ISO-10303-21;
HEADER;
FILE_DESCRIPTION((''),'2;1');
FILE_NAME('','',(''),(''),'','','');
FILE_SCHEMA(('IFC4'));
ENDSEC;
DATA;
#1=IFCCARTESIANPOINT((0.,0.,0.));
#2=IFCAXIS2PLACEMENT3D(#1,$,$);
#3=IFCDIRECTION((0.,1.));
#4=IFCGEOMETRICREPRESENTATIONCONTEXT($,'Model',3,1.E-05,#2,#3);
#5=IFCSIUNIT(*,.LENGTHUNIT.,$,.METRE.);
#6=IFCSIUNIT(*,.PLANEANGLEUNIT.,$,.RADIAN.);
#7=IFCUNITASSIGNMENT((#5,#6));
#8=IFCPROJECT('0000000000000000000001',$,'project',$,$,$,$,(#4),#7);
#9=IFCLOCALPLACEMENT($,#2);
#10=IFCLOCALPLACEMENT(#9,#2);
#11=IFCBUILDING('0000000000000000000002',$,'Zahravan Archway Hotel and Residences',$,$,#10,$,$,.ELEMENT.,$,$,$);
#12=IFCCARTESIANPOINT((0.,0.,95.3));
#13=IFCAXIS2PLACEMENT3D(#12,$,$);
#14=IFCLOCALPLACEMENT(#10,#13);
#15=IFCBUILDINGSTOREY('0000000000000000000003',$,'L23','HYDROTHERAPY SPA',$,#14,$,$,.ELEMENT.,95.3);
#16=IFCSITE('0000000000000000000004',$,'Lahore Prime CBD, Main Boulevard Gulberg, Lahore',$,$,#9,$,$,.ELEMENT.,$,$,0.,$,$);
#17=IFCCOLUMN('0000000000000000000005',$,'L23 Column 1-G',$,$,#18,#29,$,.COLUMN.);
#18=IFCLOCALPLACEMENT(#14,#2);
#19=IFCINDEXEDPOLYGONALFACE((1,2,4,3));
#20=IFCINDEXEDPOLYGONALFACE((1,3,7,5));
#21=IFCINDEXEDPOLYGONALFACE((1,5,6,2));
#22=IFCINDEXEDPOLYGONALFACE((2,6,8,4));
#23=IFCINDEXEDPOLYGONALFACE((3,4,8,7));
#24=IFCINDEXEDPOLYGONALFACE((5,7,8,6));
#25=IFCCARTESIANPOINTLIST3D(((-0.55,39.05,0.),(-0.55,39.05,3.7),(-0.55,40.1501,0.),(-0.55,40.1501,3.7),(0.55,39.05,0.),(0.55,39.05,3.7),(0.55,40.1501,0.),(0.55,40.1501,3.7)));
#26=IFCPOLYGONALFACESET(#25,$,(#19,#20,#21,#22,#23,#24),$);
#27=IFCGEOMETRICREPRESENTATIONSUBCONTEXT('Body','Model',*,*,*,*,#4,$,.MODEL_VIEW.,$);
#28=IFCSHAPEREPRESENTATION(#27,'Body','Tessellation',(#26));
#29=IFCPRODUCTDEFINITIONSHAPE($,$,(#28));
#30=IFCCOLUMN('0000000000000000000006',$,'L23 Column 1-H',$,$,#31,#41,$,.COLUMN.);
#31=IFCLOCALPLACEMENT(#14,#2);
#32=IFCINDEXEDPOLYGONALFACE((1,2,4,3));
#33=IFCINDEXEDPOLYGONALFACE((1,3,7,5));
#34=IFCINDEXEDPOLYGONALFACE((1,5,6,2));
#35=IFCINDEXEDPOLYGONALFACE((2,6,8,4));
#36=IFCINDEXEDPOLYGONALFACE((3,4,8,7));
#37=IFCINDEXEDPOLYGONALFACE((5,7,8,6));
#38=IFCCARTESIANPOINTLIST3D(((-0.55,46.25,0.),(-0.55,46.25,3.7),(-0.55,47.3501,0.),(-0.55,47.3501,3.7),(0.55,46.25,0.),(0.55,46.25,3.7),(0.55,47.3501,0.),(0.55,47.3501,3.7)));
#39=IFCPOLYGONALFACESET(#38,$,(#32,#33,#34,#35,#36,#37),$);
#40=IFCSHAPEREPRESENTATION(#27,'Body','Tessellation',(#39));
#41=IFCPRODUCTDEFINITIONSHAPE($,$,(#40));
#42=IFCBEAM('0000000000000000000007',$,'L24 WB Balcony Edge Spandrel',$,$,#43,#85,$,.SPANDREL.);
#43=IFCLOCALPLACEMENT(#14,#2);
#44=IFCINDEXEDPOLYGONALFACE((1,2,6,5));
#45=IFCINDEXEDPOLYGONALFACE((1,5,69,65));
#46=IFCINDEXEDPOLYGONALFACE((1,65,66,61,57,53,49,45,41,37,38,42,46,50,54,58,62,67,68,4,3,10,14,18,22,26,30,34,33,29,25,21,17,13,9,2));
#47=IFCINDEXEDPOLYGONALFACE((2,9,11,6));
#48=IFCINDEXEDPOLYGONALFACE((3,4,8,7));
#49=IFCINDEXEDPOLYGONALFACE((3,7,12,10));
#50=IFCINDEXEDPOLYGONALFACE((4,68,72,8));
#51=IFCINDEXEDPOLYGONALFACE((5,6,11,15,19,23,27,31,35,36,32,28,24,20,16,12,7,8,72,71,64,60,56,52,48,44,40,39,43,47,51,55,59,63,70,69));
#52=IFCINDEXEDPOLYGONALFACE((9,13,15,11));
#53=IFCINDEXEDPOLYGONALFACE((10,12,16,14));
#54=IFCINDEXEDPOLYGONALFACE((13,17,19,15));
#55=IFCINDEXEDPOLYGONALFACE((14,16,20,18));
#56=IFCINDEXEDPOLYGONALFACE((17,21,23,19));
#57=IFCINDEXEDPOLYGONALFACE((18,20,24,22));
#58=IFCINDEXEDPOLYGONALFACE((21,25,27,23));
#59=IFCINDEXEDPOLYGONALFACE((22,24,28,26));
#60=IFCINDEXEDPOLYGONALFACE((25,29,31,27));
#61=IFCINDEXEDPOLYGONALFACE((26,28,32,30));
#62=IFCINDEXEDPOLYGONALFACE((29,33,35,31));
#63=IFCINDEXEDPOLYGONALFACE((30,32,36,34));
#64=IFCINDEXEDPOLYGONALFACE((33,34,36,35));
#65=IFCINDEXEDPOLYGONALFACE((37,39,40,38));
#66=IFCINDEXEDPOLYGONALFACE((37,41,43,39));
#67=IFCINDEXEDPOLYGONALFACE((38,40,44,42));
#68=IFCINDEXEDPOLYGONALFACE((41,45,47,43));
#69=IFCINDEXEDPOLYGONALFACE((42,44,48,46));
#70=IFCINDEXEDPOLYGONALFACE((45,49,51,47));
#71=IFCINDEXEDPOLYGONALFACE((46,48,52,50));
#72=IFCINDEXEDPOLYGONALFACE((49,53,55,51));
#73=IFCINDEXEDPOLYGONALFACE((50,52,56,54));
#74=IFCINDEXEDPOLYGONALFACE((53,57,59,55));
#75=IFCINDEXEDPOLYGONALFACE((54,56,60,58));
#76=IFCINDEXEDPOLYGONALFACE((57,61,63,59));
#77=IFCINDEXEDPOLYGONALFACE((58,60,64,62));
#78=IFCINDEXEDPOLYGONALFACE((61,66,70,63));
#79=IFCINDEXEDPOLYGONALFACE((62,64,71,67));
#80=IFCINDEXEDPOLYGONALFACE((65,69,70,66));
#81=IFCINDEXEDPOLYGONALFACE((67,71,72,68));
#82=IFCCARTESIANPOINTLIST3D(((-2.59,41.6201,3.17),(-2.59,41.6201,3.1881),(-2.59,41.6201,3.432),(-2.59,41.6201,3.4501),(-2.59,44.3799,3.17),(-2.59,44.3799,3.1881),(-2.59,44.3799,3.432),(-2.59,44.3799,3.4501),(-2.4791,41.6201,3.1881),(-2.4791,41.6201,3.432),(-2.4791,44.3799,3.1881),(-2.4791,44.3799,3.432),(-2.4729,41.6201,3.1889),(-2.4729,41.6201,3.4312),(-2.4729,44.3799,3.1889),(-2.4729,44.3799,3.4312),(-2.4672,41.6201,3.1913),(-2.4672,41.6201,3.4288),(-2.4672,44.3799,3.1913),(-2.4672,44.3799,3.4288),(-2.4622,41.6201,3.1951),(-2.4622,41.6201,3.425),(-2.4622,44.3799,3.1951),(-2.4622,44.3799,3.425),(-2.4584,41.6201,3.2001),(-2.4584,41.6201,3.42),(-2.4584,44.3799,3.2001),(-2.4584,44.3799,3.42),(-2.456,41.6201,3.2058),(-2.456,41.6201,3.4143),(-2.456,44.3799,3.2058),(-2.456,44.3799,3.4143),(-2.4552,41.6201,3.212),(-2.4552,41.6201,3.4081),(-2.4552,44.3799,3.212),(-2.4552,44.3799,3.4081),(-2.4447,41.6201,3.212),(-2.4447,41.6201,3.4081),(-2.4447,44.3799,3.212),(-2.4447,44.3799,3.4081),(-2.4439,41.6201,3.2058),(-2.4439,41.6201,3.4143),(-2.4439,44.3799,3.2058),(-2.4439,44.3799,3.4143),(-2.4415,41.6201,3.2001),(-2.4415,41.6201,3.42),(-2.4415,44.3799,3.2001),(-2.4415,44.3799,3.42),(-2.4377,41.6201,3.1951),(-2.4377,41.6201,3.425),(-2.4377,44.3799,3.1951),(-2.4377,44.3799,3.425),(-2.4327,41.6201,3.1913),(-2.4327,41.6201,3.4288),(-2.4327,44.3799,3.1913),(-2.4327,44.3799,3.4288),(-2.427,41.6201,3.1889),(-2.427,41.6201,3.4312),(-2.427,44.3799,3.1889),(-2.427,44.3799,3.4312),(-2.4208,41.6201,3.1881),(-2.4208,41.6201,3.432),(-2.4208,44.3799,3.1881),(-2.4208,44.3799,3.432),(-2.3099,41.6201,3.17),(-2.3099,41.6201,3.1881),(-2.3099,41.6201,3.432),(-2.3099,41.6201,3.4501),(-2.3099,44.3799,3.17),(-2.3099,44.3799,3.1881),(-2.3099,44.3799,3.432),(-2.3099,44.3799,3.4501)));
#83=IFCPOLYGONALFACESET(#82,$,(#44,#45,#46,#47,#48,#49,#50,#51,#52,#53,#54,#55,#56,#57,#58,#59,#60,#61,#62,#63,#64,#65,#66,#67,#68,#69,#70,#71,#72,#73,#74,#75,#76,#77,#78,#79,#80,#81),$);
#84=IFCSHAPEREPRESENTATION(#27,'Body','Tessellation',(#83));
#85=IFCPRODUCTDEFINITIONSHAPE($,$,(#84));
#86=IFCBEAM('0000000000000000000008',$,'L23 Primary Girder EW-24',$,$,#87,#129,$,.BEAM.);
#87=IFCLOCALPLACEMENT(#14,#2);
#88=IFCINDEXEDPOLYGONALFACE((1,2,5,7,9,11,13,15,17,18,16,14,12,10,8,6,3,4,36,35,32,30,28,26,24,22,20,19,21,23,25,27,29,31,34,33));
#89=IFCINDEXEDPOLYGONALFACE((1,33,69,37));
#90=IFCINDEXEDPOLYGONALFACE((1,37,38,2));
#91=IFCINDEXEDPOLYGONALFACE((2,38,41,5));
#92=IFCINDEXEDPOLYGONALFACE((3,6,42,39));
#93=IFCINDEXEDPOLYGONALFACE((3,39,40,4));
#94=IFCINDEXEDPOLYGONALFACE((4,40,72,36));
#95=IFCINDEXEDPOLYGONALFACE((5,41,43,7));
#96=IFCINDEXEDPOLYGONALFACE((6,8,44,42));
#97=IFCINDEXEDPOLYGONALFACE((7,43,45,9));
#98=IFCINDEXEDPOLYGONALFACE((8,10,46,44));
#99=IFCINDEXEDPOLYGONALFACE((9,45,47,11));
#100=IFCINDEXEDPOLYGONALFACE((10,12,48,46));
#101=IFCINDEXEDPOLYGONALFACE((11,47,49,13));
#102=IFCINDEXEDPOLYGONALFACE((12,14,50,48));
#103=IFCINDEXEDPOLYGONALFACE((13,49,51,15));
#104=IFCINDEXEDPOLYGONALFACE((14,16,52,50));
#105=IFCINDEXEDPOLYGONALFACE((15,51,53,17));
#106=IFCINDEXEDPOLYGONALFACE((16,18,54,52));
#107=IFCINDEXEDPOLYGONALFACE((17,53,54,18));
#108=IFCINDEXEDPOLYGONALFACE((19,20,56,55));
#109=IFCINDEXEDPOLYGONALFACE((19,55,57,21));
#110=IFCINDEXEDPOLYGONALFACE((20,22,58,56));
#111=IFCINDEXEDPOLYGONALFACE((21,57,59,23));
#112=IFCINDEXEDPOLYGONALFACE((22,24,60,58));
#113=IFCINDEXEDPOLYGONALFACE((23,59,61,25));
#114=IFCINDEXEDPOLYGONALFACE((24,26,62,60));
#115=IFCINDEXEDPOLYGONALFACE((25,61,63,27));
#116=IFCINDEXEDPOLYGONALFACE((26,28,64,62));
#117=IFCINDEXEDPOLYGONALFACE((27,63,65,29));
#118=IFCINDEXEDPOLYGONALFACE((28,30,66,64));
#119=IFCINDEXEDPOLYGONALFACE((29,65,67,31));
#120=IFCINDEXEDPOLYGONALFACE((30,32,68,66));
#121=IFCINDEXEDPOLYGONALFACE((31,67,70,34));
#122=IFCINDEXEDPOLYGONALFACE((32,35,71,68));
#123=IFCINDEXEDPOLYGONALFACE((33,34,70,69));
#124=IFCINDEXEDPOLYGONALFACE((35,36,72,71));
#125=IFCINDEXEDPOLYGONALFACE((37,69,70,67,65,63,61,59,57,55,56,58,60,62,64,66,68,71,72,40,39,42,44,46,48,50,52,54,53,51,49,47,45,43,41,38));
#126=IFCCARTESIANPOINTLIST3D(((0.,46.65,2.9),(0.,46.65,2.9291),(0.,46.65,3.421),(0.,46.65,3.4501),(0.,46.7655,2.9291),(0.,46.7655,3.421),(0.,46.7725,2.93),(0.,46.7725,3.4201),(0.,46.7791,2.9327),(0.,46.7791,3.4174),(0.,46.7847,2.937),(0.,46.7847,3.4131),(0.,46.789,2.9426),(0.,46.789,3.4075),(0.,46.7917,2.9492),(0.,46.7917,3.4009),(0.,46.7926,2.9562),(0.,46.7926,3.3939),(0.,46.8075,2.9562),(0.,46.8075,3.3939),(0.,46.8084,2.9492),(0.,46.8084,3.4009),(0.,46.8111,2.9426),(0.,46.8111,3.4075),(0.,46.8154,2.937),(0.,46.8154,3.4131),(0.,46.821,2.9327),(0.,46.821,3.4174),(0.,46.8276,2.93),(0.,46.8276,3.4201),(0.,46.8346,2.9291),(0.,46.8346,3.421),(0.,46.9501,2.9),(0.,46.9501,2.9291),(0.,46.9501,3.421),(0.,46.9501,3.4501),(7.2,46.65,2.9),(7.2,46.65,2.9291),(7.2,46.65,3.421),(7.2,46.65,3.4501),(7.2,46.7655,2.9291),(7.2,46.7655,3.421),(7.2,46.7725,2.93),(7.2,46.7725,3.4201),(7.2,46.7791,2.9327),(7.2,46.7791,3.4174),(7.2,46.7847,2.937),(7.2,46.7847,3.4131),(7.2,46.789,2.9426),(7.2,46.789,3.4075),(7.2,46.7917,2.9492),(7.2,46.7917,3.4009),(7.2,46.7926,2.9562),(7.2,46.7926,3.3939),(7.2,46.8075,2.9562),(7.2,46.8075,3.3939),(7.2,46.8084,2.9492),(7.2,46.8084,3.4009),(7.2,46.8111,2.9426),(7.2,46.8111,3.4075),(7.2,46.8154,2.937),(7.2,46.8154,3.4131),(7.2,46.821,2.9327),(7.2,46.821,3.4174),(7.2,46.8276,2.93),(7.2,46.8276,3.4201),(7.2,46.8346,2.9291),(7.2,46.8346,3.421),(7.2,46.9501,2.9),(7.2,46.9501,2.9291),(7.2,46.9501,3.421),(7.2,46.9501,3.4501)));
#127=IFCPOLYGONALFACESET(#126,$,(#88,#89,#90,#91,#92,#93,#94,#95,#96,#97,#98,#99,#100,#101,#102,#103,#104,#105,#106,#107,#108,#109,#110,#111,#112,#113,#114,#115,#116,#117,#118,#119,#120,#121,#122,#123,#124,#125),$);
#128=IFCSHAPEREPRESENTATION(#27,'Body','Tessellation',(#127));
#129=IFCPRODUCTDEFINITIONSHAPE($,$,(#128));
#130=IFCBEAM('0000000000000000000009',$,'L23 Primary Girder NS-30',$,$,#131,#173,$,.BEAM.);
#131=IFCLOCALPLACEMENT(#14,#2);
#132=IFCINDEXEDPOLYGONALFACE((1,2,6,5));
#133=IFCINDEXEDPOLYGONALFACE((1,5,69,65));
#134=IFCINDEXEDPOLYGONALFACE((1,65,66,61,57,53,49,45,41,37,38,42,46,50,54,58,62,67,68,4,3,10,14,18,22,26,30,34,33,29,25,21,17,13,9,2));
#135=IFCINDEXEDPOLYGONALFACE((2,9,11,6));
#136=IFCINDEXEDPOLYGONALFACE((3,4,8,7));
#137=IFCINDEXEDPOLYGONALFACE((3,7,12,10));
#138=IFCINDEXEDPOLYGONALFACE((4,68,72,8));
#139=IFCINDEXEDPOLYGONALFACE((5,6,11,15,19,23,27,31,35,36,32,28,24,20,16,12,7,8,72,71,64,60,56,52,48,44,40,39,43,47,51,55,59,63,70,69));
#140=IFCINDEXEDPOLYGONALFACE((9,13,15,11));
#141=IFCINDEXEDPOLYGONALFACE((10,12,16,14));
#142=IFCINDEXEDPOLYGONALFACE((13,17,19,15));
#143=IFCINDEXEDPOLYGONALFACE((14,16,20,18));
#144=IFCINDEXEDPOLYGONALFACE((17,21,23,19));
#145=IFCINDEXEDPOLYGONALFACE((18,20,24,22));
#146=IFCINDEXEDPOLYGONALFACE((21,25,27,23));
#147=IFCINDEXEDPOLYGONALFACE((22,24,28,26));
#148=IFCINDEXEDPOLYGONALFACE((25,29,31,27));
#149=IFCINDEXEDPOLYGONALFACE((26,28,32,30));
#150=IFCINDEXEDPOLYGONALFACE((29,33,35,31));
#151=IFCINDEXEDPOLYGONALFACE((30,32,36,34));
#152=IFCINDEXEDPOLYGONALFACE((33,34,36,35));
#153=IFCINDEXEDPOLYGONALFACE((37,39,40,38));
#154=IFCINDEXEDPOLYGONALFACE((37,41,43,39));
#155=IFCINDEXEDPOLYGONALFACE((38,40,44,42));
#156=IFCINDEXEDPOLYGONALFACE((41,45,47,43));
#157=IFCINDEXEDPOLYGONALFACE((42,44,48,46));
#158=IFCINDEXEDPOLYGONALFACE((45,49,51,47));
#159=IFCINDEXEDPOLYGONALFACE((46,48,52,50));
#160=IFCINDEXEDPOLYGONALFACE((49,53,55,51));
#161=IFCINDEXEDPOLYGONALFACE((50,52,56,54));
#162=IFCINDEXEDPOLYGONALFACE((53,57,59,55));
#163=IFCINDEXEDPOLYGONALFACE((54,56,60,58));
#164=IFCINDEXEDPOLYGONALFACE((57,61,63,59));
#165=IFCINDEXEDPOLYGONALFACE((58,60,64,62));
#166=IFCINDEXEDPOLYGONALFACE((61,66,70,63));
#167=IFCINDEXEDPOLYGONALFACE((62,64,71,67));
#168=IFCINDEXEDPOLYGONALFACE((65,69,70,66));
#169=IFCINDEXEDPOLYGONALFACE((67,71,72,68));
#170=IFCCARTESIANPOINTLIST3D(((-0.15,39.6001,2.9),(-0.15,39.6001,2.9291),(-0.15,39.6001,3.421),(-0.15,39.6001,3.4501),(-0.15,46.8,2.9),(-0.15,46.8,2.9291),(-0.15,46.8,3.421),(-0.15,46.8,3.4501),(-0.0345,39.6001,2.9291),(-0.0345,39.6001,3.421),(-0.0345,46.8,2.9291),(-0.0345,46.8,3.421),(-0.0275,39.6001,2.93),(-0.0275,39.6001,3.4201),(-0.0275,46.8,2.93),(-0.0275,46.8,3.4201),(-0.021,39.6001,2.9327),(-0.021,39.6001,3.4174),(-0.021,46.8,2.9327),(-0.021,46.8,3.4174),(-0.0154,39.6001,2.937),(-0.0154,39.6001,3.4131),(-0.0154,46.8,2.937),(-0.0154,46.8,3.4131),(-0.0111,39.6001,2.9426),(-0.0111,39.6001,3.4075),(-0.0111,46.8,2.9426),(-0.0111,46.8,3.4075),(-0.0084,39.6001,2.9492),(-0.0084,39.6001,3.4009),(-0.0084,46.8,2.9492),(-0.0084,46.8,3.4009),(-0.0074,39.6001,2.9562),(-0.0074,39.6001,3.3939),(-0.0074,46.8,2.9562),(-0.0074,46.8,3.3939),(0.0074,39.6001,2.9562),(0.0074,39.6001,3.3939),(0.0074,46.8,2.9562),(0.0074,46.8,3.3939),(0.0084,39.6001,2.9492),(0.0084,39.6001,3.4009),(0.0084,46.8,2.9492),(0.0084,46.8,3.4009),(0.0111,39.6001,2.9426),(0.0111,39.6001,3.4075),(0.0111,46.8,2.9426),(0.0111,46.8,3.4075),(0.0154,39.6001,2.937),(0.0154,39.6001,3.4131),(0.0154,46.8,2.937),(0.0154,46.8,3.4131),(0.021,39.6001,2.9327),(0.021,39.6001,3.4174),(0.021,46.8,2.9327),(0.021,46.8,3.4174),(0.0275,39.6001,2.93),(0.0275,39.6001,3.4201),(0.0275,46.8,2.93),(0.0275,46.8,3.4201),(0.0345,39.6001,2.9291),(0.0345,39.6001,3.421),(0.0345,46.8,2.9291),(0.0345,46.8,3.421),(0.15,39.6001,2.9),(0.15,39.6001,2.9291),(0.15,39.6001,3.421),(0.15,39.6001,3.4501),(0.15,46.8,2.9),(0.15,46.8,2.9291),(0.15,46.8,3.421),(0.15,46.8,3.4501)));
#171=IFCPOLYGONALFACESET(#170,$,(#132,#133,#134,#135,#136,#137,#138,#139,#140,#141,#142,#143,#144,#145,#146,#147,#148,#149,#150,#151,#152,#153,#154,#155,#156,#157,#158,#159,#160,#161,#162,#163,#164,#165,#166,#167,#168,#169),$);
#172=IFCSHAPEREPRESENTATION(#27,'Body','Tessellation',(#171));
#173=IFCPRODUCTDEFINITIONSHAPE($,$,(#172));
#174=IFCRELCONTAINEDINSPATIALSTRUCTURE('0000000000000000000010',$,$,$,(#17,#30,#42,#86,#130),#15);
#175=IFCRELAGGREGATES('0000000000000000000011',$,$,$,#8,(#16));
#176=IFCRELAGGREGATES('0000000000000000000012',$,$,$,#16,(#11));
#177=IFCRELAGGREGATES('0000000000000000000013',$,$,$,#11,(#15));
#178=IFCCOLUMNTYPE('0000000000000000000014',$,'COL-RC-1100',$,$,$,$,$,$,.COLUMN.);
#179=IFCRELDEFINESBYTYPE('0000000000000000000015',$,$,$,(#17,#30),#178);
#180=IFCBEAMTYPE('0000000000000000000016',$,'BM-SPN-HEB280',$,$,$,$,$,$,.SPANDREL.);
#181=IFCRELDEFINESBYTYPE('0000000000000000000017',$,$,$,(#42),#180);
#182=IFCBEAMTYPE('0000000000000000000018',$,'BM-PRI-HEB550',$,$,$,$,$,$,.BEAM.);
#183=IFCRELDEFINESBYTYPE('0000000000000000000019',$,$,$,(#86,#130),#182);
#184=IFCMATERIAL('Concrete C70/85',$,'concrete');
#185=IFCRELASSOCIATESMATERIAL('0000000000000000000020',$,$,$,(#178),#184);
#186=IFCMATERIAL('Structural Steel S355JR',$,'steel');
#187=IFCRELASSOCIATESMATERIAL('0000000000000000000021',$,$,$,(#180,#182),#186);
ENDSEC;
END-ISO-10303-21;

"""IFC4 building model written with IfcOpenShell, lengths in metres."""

from ifc_helpers import new_model, si_unit, direction, frame, origin, origin_2d, place, context, subcontext, project, spatial, rectangle, i_section, extrude, source, transform, mapped, material, material_profile, profile_set, type_object, element, save


model = new_model("IFC4")

# Units and contexts
model_context = context("Model", 3, precision=1e-05, world=origin(), true_north=direction((0.0, 1.0)))
body_context = subcontext(model_context, "Body", "Model", "MODEL_VIEW")
ifc_project = project(units=[si_unit("LENGTHUNIT", "METRE"), si_unit("PLANEANGLEUNIT", "RADIAN")], contexts=[model_context])

# Site, building, storey
site_placement = place(None, origin())
site = spatial("IfcSite", under=ifc_project, at=site_placement, Name="Lahore Prime CBD, Main Boulevard Gulberg, Lahore", CompositionType="ELEMENT", RefElevation=0.0)
building_placement = place(site_placement, origin())
building = spatial("IfcBuilding", under=site, at=building_placement, Name="Zahravan Archway Hotel and Residences", CompositionType="ELEMENT")
storey_placement = place(building_placement, frame((0.0, 0.0, 95.3)))
storey = spatial("IfcBuildingStorey", under=building, at=storey_placement, Name="L23", Description="HYDROTHERAPY SPA", CompositionType="ELEMENT", Elevation=95.3)

# Columns
ifc_material_1 = material(Name="Concrete C70/85", Category="concrete")
ifc_material_profile_1 = material_profile(ifc_material_1, rectangle(XDim=1.1001, YDim=1.1001, at=origin_2d()), Name="RC 1100x1100", Category="concrete")
ifc_profile_set_1 = profile_set([ifc_material_profile_1], Name="Concrete C70/85")
column_type = type_object("IfcColumnType", Name="COL-RC-1100", PredefinedType="COLUMN", material=ifc_profile_set_1)
shared_shape_1 = source(origin(), body_context, "Body", "SweptSolid", [
    extrude(rectangle(XDim=1.1001, YDim=1.1001, at=origin_2d()), origin(), (0.0, 0.0, 1.0), 3.7),
])
for number, where, z_axis, x_axis, name in (
    (1, (0.0, 39.6001, 0.0), (0.0, 0.0, 1.0), (1.0, 0.0, 0.0), "L23 Column 1-G"),
    (2, (0.0, 46.8, 0.0), (0.0, 0.0, 1.0), (1.0, 0.0, 0.0), "L23 Column 1-H"),
):
    element("IfcColumn", number, at=place(storey_placement, frame(where, z_axis=z_axis, x_axis=x_axis)), inside=storey, type_object=column_type, Name=name, PredefinedType="COLUMN", context=body_context, shape_type="MappedRepresentation", body=[
        mapped(shared_shape_1, transform((0.0, 0.0, 0.0), scale=1.0)),
    ])

# Beams
ifc_material_2 = material(Name="Structural Steel S355JR", Category="steel")
ifc_material_profile_2 = material_profile(ifc_material_2, i_section(OverallWidth=0.28, OverallDepth=0.28, WebThickness=0.0105, FlangeThickness=0.0181, FilletRadius=0.0239, at=origin_2d()), Name="HEB 280", Category="steel")
ifc_profile_set_2 = profile_set([ifc_material_profile_2], Name="Structural Steel S355JR")
beam_type_1 = type_object("IfcBeamType", Name="BM-SPN-HEB280", PredefinedType="SPANDREL", material=ifc_profile_set_2)
shared_shape_2 = source(origin(), body_context, "Body", "SweptSolid", [
    extrude(i_section(OverallWidth=0.28, OverallDepth=0.28, WebThickness=0.0105, FlangeThickness=0.0181, FilletRadius=0.0239, at=origin_2d()), origin(), (0.0, 0.0, 1.0), 2.7598),
])
beam_placement = place(storey_placement, frame((-2.45, 41.6201, 3.3101), z_axis=(0.0, 1.0, 0.0), x_axis=(-1.0, 0.0, 0.0)))
element("IfcBeam", 3, at=beam_placement, inside=storey, type_object=beam_type_1, Name="L24 WB Balcony Edge Spandrel", PredefinedType="SPANDREL", context=body_context, shape_type="MappedRepresentation", body=[
    mapped(shared_shape_2, transform((0.0, 0.0, 0.0), scale=1.0)),
])
ifc_material_profile_3 = material_profile(ifc_material_2, i_section(OverallWidth=0.3, OverallDepth=0.55, WebThickness=0.0149, FlangeThickness=0.0291, FilletRadius=0.0271, at=origin_2d()), Name="HEB 550", Category="steel")
ifc_profile_set_3 = profile_set([ifc_material_profile_3], Name="Structural Steel S355JR")
beam_type_2 = type_object("IfcBeamType", Name="BM-PRI-HEB550", PredefinedType="BEAM", material=ifc_profile_set_3)
shared_shape_3 = source(origin(), body_context, "Body", "SweptSolid", [
    extrude(i_section(OverallWidth=0.3, OverallDepth=0.55, WebThickness=0.0149, FlangeThickness=0.0291, FilletRadius=0.0271, at=origin_2d()), origin(), (0.0, 0.0, 1.0), 7.2),
])
for number, where, z_axis, x_axis, name in (
    (4, (0.0, 46.8, 3.175), (1.0, 0.0, 0.0), (0.0, 1.0, 0.0), "L23 Primary Girder EW-24"),
    (5, (0.0, 39.6001, 3.175), (0.0, 1.0, 0.0), (-1.0, 0.0, 0.0), "L23 Primary Girder NS-30"),
):
    element("IfcBeam", number, at=place(storey_placement, frame(where, z_axis=z_axis, x_axis=x_axis)), inside=storey, type_object=beam_type_2, Name=name, PredefinedType="BEAM", context=body_context, shape_type="MappedRepresentation", body=[
        mapped(shared_shape_3, transform((0.0, 0.0, 0.0), scale=1.0)),
    ])

save(model, "model.ifc")
